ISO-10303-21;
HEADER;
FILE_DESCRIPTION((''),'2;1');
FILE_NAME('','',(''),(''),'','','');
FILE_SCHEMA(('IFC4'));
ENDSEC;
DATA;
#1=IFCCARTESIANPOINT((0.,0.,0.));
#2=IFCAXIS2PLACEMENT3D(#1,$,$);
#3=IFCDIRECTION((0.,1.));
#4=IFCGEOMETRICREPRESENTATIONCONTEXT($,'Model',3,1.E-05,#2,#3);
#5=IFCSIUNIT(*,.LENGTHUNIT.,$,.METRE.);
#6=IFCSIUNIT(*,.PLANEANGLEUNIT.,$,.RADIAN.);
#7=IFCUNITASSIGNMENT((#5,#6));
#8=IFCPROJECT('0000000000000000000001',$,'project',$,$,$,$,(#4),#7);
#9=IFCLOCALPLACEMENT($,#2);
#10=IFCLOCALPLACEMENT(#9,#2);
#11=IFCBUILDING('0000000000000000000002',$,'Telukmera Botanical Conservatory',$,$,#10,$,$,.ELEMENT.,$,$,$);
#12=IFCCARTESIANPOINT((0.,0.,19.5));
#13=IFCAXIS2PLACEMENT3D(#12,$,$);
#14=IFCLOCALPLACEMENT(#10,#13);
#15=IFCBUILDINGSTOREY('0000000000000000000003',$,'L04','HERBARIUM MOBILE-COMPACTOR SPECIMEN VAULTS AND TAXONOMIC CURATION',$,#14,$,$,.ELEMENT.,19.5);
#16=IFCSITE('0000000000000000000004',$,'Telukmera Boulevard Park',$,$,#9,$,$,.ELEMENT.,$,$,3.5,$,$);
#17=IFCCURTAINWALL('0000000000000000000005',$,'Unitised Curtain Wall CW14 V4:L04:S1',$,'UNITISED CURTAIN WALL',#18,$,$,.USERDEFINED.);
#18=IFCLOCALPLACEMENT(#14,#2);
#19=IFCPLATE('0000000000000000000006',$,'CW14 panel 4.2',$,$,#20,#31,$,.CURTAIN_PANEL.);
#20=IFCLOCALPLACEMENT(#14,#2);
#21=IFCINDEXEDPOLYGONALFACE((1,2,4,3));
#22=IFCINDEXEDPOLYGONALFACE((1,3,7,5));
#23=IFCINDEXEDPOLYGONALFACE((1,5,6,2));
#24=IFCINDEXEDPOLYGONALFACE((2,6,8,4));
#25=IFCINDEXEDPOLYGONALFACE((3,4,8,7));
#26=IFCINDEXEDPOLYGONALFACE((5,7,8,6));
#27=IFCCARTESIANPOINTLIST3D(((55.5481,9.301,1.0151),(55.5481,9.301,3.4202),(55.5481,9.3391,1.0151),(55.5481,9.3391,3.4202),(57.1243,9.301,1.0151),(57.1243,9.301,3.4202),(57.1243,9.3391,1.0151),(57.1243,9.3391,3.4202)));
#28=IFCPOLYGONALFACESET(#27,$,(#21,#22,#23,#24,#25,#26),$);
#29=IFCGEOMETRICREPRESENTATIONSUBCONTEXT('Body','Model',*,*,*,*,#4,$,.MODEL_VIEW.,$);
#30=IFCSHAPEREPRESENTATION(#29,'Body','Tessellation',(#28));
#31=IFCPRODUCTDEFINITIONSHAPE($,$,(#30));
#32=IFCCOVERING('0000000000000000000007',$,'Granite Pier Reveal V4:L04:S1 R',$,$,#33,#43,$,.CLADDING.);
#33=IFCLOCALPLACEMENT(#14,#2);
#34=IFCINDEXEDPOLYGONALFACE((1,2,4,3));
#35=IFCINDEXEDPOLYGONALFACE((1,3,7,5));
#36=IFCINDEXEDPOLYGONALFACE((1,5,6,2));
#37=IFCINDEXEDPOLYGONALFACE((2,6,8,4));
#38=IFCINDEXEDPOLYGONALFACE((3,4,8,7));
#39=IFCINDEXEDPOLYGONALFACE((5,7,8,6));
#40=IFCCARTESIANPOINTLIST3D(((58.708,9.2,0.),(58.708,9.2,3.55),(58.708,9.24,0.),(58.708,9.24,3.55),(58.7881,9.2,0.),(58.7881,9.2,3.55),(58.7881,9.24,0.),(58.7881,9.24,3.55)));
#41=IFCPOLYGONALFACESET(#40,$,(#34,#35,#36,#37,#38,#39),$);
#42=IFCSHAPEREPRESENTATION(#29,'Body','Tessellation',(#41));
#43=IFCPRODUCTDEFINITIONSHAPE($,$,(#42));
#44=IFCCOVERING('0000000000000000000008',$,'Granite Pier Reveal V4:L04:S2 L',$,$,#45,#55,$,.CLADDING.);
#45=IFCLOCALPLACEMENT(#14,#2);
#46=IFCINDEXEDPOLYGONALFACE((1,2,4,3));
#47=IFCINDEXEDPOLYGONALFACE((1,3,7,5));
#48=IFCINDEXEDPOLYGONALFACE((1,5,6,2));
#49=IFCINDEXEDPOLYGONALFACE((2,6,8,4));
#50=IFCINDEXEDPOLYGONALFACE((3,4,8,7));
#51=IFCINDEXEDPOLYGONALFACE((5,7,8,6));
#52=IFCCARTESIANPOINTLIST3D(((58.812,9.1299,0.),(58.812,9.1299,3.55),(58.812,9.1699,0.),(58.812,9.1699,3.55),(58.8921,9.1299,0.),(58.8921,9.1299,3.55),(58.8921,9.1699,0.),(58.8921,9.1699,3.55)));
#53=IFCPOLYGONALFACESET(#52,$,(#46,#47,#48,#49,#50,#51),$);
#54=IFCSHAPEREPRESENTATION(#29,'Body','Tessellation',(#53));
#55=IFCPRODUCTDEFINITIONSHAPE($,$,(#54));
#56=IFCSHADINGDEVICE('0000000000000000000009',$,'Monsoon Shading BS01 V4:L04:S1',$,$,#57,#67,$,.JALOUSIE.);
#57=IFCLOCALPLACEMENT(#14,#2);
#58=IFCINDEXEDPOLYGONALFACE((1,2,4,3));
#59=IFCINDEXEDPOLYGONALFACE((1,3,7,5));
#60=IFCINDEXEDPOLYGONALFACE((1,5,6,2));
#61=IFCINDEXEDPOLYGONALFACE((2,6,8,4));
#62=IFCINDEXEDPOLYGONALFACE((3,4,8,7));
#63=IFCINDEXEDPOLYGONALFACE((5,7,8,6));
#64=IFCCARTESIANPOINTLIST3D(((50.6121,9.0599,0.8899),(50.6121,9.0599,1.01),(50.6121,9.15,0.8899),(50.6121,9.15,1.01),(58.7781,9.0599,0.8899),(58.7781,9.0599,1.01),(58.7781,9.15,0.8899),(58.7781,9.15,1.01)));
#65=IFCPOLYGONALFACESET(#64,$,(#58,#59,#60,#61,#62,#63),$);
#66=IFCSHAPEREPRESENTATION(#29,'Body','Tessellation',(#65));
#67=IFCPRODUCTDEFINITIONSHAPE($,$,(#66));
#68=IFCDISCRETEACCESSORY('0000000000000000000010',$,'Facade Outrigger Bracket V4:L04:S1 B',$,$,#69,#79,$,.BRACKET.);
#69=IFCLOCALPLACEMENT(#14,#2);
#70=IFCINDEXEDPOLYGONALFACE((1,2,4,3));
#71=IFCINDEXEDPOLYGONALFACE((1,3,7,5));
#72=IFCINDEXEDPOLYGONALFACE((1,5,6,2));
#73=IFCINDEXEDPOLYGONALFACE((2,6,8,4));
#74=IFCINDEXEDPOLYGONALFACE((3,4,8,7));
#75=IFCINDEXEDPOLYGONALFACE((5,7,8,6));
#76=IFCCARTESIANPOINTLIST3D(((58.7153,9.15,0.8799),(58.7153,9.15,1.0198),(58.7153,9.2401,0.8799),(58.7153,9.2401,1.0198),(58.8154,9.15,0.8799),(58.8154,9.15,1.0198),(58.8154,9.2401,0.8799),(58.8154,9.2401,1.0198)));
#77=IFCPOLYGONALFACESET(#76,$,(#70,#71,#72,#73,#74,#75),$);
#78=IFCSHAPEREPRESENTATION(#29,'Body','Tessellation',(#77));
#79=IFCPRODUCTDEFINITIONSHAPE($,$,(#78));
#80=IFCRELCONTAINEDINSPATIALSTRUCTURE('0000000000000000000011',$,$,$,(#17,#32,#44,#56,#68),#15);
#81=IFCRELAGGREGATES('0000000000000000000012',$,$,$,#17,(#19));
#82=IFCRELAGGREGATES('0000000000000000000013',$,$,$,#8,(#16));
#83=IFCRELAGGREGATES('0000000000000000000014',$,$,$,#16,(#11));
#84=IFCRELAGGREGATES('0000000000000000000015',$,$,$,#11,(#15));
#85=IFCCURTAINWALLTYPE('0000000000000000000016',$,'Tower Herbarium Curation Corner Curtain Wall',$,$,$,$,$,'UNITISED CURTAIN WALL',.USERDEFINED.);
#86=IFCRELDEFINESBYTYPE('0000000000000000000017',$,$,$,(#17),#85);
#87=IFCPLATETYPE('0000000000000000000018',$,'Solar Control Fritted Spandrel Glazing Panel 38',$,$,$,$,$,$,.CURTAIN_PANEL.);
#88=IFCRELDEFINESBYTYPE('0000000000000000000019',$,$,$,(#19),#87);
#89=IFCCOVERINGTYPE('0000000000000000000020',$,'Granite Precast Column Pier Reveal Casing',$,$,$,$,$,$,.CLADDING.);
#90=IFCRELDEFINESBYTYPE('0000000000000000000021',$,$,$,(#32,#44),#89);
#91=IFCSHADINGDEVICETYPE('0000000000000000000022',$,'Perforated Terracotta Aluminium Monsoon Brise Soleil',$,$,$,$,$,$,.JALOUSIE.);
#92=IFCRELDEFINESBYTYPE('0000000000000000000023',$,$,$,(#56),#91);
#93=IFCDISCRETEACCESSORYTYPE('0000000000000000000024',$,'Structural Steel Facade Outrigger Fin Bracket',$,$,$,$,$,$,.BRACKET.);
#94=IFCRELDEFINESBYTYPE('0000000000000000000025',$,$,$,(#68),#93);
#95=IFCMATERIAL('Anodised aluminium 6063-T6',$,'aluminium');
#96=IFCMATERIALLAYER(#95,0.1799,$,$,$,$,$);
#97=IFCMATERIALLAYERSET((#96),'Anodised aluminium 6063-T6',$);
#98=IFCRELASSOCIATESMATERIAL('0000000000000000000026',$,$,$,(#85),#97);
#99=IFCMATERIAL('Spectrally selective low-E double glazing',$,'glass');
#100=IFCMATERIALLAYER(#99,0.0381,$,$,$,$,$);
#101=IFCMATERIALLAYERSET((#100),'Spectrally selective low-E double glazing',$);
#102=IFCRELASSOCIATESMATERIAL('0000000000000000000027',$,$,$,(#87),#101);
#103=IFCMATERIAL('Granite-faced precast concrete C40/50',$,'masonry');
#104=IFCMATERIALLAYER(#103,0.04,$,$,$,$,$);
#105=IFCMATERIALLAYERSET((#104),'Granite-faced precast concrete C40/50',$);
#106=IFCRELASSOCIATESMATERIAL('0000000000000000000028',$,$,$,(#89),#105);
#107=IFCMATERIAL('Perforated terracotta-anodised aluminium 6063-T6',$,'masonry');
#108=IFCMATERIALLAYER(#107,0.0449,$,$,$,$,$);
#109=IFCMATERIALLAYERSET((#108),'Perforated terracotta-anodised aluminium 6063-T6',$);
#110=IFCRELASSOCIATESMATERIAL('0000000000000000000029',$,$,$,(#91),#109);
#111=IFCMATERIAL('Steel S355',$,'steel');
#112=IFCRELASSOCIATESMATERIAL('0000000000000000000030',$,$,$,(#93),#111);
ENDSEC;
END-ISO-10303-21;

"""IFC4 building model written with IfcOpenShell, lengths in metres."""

from ifc_helpers import new_model, si_unit, direction, frame, origin, origin_2d, place, context, subcontext, project, spatial, rectangle, extrude, material, layer, layer_set, type_object, element, aggregate, save


model = new_model("IFC4")

# Units and contexts
model_context = context("Model", 3, precision=1e-05, world=origin(), true_north=direction((0.0, 1.0)))
body_context = subcontext(model_context, "Body", "Model", "MODEL_VIEW")
ifc_project = project(units=[si_unit("LENGTHUNIT", "METRE"), si_unit("PLANEANGLEUNIT", "RADIAN")], contexts=[model_context])

# Site, building, storey
site_placement = place(None, origin())
site = spatial("IfcSite", under=ifc_project, at=site_placement, Name="Telukmera Boulevard Park", CompositionType="ELEMENT", RefElevation=3.5)
building_placement = place(site_placement, origin())
building = spatial("IfcBuilding", under=site, at=building_placement, Name="Telukmera Botanical Conservatory", CompositionType="ELEMENT")
storey_placement = place(building_placement, frame((0.0, 0.0, 19.5)))
storey = spatial("IfcBuildingStorey", under=building, at=storey_placement, Name="L04", Description="HERBARIUM MOBILE-COMPACTOR SPECIMEN VAULTS AND TAXONOMIC CURATION", CompositionType="ELEMENT", Elevation=19.5)

# Curtain wall, plate
ifc_material_1 = material(Name="Anodised aluminium 6063-T6", Category="aluminium")
ifc_layer_1 = layer(ifc_material_1, 0.1799)
ifc_layer_set_1 = layer_set([ifc_layer_1], Name="Anodised aluminium 6063-T6")
curtain_wall_type = type_object("IfcCurtainWallType", Name="Tower Herbarium Curation Corner Curtain Wall", ElementType="UNITISED CURTAIN WALL", PredefinedType="USERDEFINED", material=ifc_layer_set_1)
curtain_wall_placement = place(storey_placement, origin())
curtain_wall = element("IfcCurtainWall", 1, at=curtain_wall_placement, inside=storey, type_object=curtain_wall_type, Name="Unitised Curtain Wall CW14 V4:L04:S1", ObjectType="UNITISED CURTAIN WALL", PredefinedType="USERDEFINED")
ifc_material_2 = material(Name="Spectrally selective low-E double glazing", Category="glass")
ifc_layer_2 = layer(ifc_material_2, 0.0381)
ifc_layer_set_2 = layer_set([ifc_layer_2], Name="Spectrally selective low-E double glazing")
plate_type = type_object("IfcPlateType", Name="Solar Control Fritted Spandrel Glazing Panel 38", PredefinedType="CURTAIN_PANEL", material=ifc_layer_set_2)
plate_1_placement = place(storey_placement, frame((56.3362, 9.3201, 1.0151), z_axis=(0.0, 0.0, 1.0), x_axis=(1.0, 0.0, 0.0)))
plate_1 = element("IfcPlate", 2, at=plate_1_placement, type_object=plate_type, Name="CW14 panel 4.2", PredefinedType="CURTAIN_PANEL", context=body_context, shape_type="SweptSolid", body=[
    extrude(rectangle(XDim=1.5762, YDim=0.0381, at=origin_2d()), origin(), (0.0, 0.0, 1.0), 2.405),
])
aggregate(curtain_wall, [plate_1])

# Coverings
ifc_material_3 = material(Name="Granite-faced precast concrete C40/50", Category="masonry")
ifc_layer_3 = layer(ifc_material_3, 0.04)
ifc_layer_set_3 = layer_set([ifc_layer_3], Name="Granite-faced precast concrete C40/50")
covering_type = type_object("IfcCoveringType", Name="Granite Precast Column Pier Reveal Casing", PredefinedType="CLADDING", material=ifc_layer_set_3)
for number, where, z_axis, x_axis, name in (
    (3, (58.748, 9.22, 0.0), (0.0, 0.0, 1.0), (1.0, 0.0, 0.0), "Granite Pier Reveal V4:L04:S1 R"),
    (4, (58.8521, 9.1499, 0.0), (0.0, 0.0, 1.0), (1.0, 0.0, 0.0), "Granite Pier Reveal V4:L04:S2 L"),
):
    element("IfcCovering", number, at=place(storey_placement, frame(where, z_axis=z_axis, x_axis=x_axis)), inside=storey, type_object=covering_type, Name=name, PredefinedType="CLADDING", context=body_context, shape_type="SweptSolid", body=[
        extrude(rectangle(XDim=0.0801, YDim=0.04, at=origin_2d()), origin(), (0.0, 0.0, 1.0), 3.55),
    ])

# Shading device
ifc_material_4 = material(Name="Perforated terracotta-anodised aluminium 6063-T6", Category="masonry")
ifc_layer_4 = layer(ifc_material_4, 0.0449)
ifc_layer_set_4 = layer_set([ifc_layer_4], Name="Perforated terracotta-anodised aluminium 6063-T6")
shading_device_type = type_object("IfcShadingDeviceType", Name="Perforated Terracotta Aluminium Monsoon Brise Soleil", PredefinedType="JALOUSIE", material=ifc_layer_set_4)
shading_device_placement = place(storey_placement, frame((54.6951, 9.105, 0.8899), z_axis=(0.0, 0.0, 1.0), x_axis=(1.0, 0.0, 0.0)))
element("IfcShadingDevice", 5, at=shading_device_placement, inside=storey, type_object=shading_device_type, Name="Monsoon Shading BS01 V4:L04:S1", PredefinedType="JALOUSIE", context=body_context, shape_type="SweptSolid", body=[
    extrude(rectangle(XDim=8.166, YDim=0.0901, at=origin_2d()), origin(), (0.0, 0.0, 1.0), 0.1201),
])

# Discrete accessory
ifc_material_5 = material(Name="Steel S355", Category="steel")
discrete_accessory_type = type_object("IfcDiscreteAccessoryType", Name="Structural Steel Facade Outrigger Fin Bracket", PredefinedType="BRACKET", material=ifc_material_5)
discrete_accessory_placement = place(storey_placement, frame((58.7654, 9.1951, 0.8799), z_axis=(0.0, 0.0, 1.0), x_axis=(1.0, 0.0, 0.0)))
element("IfcDiscreteAccessory", 6, at=discrete_accessory_placement, inside=storey, type_object=discrete_accessory_type, Name="Facade Outrigger Bracket V4:L04:S1 B", PredefinedType="BRACKET", context=body_context, shape_type="SweptSolid", body=[
    extrude(rectangle(XDim=0.1001, YDim=0.0901, at=origin_2d()), origin(), (0.0, 0.0, 1.0), 0.1399),
])

save(model, "model.ifc")
